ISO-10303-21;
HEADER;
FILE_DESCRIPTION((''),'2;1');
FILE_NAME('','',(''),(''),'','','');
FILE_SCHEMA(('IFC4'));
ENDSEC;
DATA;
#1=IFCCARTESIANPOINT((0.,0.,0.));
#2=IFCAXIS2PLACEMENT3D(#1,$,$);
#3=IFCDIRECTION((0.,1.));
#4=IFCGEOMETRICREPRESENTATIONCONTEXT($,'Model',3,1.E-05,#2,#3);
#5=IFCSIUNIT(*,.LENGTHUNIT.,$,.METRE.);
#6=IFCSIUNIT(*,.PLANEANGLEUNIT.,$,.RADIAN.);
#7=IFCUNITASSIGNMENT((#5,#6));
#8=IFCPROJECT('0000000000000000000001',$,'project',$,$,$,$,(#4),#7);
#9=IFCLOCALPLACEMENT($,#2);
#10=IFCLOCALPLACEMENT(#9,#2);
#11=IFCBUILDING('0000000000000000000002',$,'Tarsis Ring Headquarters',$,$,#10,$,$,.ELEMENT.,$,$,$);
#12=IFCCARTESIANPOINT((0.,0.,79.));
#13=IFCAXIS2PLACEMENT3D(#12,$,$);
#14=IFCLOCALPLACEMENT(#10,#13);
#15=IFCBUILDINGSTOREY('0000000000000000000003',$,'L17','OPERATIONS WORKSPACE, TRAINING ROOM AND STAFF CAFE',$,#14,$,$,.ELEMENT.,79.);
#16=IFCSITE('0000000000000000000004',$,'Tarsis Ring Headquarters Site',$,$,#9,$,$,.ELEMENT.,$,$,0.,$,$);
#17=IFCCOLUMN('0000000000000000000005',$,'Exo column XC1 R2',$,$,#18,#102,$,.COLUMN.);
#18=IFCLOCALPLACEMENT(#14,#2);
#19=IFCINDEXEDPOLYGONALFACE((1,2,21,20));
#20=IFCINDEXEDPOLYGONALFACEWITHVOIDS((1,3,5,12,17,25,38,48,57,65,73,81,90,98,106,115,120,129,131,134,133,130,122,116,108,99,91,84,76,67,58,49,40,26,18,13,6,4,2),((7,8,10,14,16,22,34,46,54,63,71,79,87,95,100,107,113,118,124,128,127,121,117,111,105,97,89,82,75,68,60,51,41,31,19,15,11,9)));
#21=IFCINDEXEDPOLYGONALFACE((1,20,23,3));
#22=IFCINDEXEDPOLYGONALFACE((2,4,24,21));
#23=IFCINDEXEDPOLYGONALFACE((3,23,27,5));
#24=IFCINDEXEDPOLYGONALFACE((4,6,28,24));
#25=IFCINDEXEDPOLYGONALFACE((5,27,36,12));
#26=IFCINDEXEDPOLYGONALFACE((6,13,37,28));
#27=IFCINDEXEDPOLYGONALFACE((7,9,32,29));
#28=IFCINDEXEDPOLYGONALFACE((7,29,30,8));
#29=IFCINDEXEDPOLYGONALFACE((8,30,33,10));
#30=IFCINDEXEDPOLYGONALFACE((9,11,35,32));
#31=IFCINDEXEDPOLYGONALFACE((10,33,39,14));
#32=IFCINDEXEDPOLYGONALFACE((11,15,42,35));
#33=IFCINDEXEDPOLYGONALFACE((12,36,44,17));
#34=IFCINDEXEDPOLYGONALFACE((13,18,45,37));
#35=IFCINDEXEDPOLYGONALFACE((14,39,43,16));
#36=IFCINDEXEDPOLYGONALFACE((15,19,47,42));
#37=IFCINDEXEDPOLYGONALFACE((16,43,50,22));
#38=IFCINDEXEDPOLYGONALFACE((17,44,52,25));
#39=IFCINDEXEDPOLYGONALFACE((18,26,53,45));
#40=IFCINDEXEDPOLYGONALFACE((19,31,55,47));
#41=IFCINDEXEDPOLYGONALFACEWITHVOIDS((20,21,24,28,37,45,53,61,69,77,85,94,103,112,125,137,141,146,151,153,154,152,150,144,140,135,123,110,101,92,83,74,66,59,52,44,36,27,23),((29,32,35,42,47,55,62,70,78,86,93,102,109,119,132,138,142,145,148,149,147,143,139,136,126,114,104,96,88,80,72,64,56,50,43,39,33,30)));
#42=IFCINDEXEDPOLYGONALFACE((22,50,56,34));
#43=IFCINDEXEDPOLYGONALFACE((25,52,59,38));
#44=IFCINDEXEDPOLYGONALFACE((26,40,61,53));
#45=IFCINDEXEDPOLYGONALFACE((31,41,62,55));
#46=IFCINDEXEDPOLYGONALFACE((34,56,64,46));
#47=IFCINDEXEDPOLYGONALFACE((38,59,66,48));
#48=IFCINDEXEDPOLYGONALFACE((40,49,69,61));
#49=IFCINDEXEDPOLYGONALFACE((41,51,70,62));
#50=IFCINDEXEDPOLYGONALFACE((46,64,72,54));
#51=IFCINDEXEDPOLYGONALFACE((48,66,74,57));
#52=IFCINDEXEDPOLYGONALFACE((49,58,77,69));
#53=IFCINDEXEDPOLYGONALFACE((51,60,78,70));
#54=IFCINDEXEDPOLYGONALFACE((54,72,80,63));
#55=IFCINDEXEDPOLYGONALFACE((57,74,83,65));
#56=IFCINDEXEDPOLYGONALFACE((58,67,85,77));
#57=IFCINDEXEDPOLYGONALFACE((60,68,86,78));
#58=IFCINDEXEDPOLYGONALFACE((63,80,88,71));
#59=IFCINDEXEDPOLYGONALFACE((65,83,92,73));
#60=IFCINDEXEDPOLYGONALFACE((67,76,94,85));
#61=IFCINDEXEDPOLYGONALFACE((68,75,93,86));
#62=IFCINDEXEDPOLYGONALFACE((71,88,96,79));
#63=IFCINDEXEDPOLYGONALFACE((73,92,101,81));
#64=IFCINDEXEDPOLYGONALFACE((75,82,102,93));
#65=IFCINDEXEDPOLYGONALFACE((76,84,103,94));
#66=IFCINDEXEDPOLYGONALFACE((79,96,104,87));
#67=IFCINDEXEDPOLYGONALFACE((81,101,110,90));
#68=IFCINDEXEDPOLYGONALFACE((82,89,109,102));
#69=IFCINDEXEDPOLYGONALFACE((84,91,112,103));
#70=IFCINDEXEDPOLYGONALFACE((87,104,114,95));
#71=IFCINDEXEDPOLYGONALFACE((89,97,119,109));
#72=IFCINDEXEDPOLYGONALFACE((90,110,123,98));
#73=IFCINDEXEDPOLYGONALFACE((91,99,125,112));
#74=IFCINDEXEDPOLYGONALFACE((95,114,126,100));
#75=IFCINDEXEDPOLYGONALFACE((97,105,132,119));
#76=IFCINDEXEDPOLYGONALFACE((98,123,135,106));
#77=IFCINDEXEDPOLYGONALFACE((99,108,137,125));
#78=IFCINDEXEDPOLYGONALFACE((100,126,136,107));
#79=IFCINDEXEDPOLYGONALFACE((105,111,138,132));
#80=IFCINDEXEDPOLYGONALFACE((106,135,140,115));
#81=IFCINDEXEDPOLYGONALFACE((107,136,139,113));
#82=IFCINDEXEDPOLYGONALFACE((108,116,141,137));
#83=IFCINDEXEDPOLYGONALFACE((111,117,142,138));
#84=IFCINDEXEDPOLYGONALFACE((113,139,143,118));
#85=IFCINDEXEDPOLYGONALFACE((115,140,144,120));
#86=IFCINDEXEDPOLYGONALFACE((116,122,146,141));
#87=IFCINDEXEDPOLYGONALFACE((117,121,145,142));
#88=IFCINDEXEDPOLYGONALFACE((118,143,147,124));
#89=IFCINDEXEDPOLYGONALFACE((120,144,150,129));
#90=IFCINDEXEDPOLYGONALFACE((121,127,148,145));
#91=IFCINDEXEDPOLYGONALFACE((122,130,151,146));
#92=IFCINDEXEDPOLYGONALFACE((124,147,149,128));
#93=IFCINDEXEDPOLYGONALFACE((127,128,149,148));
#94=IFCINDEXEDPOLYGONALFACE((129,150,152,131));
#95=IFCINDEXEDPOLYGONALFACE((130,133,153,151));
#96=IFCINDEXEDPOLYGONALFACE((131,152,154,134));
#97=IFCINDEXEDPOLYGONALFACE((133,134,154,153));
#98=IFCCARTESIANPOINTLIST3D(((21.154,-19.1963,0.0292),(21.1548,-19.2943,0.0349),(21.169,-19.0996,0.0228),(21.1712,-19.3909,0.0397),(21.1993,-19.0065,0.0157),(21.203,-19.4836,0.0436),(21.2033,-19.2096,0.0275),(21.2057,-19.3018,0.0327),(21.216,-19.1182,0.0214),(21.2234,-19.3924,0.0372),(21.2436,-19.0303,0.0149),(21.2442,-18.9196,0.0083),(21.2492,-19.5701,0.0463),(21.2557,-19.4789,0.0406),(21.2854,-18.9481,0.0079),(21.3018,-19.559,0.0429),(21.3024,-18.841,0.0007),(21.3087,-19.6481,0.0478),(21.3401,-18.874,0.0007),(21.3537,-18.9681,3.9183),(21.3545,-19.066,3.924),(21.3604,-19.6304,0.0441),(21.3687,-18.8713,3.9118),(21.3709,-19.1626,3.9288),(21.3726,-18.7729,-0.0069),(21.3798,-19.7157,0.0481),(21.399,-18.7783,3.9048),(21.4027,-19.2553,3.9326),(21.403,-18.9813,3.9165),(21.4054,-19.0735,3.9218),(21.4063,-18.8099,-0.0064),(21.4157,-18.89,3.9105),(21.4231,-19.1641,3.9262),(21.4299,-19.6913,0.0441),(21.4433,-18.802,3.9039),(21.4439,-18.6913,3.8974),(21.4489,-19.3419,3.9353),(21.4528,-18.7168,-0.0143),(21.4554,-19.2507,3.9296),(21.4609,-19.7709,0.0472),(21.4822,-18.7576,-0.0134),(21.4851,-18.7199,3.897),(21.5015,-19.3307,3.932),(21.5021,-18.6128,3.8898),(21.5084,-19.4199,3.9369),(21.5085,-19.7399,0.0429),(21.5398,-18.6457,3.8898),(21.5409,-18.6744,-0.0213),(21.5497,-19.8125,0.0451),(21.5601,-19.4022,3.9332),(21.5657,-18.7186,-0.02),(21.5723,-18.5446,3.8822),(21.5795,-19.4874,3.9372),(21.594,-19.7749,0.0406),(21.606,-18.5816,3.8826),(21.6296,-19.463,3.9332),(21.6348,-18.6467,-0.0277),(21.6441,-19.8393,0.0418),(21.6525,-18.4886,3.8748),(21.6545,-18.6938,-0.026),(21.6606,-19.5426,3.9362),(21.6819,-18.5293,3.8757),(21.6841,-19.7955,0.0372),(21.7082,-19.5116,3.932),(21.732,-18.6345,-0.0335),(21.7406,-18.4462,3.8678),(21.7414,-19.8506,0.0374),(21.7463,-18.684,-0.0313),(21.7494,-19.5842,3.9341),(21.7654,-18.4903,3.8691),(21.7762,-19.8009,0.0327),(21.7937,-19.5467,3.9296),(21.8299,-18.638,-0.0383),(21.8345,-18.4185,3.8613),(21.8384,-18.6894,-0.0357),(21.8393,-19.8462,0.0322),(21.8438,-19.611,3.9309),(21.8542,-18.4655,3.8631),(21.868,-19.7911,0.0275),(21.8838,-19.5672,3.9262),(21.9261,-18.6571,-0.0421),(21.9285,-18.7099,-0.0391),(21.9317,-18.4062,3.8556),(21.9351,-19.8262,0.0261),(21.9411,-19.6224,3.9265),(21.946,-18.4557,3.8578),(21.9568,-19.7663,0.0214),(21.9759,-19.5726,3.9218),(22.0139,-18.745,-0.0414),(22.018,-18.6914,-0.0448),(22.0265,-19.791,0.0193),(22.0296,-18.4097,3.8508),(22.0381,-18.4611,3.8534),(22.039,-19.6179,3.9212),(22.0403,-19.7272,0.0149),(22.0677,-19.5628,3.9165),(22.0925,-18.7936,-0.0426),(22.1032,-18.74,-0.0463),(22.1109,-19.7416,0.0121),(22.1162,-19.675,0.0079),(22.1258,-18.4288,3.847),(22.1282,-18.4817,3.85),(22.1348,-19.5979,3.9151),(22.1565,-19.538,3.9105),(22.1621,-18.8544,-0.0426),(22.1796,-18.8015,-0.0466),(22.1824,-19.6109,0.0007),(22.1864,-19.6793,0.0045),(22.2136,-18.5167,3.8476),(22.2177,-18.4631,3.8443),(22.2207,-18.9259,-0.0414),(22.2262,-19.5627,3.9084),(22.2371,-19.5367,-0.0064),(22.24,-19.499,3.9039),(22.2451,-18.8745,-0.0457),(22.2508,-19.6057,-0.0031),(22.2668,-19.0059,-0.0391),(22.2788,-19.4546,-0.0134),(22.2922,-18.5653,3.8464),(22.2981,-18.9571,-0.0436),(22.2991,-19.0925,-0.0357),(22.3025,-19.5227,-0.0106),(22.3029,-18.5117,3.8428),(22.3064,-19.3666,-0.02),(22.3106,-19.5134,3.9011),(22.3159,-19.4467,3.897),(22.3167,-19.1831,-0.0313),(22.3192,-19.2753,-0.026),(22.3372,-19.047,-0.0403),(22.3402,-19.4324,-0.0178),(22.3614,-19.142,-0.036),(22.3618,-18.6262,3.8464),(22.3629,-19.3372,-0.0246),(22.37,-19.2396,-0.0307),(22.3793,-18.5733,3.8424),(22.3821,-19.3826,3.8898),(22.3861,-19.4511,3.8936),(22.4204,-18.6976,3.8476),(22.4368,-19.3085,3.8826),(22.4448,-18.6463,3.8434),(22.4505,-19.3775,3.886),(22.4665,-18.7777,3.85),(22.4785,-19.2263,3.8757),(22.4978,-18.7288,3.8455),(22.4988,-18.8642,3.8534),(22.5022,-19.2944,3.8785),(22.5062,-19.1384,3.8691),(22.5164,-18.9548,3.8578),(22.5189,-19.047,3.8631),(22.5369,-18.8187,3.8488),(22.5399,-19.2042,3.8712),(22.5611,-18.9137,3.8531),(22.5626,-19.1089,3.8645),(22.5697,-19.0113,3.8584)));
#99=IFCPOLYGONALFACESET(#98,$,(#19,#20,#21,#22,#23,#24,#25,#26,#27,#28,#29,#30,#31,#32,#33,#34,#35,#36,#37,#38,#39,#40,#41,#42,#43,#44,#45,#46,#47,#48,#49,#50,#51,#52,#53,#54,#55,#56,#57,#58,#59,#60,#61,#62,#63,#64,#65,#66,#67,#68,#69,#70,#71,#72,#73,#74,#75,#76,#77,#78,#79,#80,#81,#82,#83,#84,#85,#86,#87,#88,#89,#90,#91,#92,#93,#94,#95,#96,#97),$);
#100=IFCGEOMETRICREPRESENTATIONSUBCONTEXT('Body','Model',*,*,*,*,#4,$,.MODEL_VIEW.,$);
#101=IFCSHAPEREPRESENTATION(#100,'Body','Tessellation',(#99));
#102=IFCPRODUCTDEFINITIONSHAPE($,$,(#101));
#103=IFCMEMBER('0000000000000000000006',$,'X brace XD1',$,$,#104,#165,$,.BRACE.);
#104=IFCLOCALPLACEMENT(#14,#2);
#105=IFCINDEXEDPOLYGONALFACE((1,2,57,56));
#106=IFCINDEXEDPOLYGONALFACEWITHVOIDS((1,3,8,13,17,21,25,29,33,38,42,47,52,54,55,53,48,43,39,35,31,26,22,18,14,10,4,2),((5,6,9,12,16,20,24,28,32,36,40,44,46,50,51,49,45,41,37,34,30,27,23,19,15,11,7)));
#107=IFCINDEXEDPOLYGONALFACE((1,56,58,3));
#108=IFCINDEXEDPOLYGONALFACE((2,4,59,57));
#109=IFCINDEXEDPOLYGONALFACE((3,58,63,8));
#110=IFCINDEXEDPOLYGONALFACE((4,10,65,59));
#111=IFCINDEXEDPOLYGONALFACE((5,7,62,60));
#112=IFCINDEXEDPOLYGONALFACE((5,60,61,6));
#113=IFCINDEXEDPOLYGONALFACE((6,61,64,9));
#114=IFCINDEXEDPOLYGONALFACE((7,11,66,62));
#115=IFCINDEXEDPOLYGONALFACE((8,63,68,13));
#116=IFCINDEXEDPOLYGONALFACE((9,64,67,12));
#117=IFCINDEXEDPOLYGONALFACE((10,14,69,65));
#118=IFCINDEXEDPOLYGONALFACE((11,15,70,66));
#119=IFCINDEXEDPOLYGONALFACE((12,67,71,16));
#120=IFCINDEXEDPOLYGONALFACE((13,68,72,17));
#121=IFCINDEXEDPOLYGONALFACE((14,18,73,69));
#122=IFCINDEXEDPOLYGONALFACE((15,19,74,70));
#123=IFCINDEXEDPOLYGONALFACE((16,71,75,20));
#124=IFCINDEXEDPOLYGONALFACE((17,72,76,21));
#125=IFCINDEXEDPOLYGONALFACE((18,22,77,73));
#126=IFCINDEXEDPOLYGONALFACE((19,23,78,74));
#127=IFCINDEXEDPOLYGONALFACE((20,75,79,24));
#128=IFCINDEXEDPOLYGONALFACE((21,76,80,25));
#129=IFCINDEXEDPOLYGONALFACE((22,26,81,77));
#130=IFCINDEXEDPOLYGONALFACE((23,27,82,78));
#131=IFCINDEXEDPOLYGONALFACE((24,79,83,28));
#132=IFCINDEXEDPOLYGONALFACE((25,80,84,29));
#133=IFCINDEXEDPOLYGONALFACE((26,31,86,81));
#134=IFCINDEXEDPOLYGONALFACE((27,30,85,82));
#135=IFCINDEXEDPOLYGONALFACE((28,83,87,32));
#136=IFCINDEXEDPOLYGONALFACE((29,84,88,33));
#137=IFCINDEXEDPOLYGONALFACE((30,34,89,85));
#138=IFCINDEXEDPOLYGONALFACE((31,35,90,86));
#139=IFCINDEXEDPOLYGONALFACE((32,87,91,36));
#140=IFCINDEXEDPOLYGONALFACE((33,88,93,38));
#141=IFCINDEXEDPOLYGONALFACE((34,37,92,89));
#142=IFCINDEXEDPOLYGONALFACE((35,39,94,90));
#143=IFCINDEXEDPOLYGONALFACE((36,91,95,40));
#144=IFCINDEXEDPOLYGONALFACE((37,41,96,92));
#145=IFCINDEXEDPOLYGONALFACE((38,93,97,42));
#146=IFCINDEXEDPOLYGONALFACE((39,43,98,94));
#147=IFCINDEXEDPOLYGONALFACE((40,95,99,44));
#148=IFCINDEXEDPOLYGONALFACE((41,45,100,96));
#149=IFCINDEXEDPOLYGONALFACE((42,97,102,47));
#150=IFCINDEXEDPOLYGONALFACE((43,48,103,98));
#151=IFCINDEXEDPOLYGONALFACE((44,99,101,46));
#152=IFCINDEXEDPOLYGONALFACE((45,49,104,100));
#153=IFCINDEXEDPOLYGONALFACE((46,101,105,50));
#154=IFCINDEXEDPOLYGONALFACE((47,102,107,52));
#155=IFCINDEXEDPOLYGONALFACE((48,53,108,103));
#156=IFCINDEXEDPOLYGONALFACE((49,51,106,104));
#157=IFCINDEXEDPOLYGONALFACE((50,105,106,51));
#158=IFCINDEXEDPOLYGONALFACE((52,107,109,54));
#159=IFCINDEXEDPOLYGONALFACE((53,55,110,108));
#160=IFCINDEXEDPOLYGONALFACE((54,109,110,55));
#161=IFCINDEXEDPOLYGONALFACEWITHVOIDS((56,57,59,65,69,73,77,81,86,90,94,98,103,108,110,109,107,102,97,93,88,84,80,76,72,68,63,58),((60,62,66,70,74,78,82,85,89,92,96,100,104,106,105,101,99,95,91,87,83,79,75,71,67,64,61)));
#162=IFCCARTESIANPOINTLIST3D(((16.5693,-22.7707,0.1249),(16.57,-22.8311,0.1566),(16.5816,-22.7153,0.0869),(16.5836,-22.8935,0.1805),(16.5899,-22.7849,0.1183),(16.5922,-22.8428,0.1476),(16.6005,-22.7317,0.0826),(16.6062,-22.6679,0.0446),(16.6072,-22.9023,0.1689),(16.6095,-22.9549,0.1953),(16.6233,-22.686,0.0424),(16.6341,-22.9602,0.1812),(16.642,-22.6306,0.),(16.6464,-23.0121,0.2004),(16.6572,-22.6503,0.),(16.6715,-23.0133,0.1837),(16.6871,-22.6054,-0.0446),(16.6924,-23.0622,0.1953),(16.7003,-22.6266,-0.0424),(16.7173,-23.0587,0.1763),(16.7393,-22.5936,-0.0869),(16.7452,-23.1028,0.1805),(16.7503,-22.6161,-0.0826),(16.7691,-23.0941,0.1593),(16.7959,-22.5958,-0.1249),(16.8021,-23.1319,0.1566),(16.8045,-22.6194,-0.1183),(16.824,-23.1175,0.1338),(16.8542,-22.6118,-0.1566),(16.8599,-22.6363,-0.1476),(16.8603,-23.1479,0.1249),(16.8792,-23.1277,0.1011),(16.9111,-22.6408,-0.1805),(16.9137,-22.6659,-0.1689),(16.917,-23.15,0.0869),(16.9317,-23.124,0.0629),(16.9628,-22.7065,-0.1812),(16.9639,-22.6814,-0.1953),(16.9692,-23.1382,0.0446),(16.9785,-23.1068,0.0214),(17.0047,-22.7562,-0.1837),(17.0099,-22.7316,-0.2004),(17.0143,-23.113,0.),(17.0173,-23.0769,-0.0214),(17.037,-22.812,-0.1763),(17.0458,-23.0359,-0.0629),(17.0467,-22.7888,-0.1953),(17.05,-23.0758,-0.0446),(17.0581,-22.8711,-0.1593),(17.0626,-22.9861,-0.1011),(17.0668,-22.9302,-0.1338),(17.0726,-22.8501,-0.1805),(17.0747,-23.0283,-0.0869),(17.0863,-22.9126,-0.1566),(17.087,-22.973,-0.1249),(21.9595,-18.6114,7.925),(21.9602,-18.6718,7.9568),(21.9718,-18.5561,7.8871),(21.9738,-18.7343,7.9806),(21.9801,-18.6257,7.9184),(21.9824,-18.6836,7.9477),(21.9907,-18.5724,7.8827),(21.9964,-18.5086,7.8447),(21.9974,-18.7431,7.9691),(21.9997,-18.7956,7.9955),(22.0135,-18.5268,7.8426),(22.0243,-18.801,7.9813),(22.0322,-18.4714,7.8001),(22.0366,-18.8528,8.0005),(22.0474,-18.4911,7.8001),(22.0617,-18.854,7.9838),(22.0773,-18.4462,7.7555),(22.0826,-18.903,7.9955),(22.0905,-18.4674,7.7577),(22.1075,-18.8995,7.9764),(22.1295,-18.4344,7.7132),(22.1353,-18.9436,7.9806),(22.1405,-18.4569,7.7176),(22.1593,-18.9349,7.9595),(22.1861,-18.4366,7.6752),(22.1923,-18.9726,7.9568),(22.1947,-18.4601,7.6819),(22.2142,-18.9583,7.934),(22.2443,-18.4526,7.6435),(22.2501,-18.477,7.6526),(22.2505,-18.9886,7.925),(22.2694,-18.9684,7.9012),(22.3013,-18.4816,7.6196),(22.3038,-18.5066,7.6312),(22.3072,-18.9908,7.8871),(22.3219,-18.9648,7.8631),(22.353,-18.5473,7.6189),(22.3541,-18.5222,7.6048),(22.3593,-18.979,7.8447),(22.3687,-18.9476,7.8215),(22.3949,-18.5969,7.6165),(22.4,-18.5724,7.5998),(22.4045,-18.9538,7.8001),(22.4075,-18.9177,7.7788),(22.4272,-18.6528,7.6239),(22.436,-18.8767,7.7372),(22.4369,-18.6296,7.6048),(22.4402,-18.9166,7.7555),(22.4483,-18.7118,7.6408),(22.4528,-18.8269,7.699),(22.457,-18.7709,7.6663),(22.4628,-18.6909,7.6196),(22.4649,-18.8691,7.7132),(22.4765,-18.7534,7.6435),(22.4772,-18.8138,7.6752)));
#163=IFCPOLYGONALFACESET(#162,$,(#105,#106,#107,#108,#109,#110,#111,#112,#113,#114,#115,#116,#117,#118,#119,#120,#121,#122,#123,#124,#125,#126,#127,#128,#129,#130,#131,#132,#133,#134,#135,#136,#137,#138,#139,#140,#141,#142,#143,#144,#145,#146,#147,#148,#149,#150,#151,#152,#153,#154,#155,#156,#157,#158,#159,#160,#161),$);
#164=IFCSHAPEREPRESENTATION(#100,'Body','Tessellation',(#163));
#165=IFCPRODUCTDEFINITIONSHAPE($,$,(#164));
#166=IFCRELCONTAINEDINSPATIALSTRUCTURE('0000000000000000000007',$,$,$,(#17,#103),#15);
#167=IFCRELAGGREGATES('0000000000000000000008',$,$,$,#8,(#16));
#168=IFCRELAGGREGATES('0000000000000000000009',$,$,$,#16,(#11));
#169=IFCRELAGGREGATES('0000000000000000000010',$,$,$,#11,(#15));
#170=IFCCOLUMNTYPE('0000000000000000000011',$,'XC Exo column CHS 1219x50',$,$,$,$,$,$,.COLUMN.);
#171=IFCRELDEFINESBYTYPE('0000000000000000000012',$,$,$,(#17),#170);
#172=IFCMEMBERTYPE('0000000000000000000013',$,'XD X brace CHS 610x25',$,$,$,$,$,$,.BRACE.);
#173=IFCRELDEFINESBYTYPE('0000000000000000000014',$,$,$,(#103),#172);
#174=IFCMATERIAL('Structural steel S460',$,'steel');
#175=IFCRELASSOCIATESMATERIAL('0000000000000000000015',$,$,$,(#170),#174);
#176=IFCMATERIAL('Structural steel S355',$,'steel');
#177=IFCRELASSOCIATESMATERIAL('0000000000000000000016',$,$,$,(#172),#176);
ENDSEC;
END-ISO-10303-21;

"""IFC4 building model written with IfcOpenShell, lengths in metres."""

from ifc_helpers import new_model, si_unit, direction, frame, origin, origin_2d, place, context, subcontext, project, spatial, hollow_circle, extrude, material, material_profile, profile_set, type_object, element, save


model = new_model("IFC4")

# Units and contexts
model_context = context("Model", 3, precision=1e-05, world=origin(), true_north=direction((0.0, 1.0)))
body_context = subcontext(model_context, "Body", "Model", "MODEL_VIEW")
ifc_project = project(units=[si_unit("LENGTHUNIT", "METRE"), si_unit("PLANEANGLEUNIT", "RADIAN")], contexts=[model_context])

# Site, building, storey
site_placement = place(None, origin())
site = spatial("IfcSite", under=ifc_project, at=site_placement, Name="Tarsis Ring Headquarters Site", CompositionType="ELEMENT", RefElevation=0.0)
building_placement = place(site_placement, origin())
building = spatial("IfcBuilding", under=site, at=building_placement, Name="Tarsis Ring Headquarters", CompositionType="ELEMENT")
storey_placement = place(building_placement, frame((0.0, 0.0, 79.0)))
storey = spatial("IfcBuildingStorey", under=building, at=storey_placement, Name="L17", Description="OPERATIONS WORKSPACE, TRAINING ROOM AND STAFF CAFE", CompositionType="ELEMENT", Elevation=79.0)

# Column
ifc_material_1 = material(Name="Structural steel S460", Category="steel")
ifc_material_profile_1 = material_profile(ifc_material_1, hollow_circle(Radius=0.6096, WallThickness=0.05, at=origin_2d()), Name="CHS 1219x50")
ifc_profile_set_1 = profile_set([ifc_material_profile_1], Name="Structural steel S460")
column_type = type_object("IfcColumnType", Name="XC Exo column CHS 1219x50", PredefinedType="COLUMN", material=ifc_profile_set_1)
column_placement = place(storey_placement, frame((21.7612, -19.2424, 0.0007), z_axis=(0.051194, 0.058517, 0.996973), x_axis=(-0.752627, 0.658448, 0.0)))
element("IfcColumn", 1, at=column_placement, inside=storey, type_object=column_type, Name="Exo column XC1 R2", PredefinedType="COLUMN", context=body_context, shape_type="SweptSolid", body=[
    extrude(hollow_circle(Radius=0.6096, WallThickness=0.05, at=origin_2d()), origin(), (0.0, 0.0, 1.0), 3.9009),
])

# Member
ifc_material_2 = material(Name="Structural steel S355", Category="steel")
ifc_material_profile_2 = material_profile(ifc_material_2, hollow_circle(Radius=0.3047, WallThickness=0.0249, at=origin_2d()), Name="CHS 610x25")
ifc_profile_set_2 = profile_set([ifc_material_profile_2], Name="Structural steel S355")
member_type = type_object("IfcMemberType", Name="XD X brace CHS 610x25", PredefinedType="BRACE", material=ifc_profile_set_2)
member_1_placement = place(storey_placement, frame((16.8281, -22.8718, 0.0), z_axis=(0.520615, 0.401721, 0.75338), x_axis=(-0.610902, 0.791706, 0.0)))
element("IfcMember", 2, at=member_1_placement, inside=storey, type_object=member_type, Name="X brace XD1", PredefinedType="BRACE", context=body_context, shape_type="SweptSolid", body=[
    extrude(hollow_circle(Radius=0.3047, WallThickness=0.0249, at=origin_2d()), origin(), (0.0, 0.0, 1.0), 10.3535),
])

save(model, "model.ifc")
